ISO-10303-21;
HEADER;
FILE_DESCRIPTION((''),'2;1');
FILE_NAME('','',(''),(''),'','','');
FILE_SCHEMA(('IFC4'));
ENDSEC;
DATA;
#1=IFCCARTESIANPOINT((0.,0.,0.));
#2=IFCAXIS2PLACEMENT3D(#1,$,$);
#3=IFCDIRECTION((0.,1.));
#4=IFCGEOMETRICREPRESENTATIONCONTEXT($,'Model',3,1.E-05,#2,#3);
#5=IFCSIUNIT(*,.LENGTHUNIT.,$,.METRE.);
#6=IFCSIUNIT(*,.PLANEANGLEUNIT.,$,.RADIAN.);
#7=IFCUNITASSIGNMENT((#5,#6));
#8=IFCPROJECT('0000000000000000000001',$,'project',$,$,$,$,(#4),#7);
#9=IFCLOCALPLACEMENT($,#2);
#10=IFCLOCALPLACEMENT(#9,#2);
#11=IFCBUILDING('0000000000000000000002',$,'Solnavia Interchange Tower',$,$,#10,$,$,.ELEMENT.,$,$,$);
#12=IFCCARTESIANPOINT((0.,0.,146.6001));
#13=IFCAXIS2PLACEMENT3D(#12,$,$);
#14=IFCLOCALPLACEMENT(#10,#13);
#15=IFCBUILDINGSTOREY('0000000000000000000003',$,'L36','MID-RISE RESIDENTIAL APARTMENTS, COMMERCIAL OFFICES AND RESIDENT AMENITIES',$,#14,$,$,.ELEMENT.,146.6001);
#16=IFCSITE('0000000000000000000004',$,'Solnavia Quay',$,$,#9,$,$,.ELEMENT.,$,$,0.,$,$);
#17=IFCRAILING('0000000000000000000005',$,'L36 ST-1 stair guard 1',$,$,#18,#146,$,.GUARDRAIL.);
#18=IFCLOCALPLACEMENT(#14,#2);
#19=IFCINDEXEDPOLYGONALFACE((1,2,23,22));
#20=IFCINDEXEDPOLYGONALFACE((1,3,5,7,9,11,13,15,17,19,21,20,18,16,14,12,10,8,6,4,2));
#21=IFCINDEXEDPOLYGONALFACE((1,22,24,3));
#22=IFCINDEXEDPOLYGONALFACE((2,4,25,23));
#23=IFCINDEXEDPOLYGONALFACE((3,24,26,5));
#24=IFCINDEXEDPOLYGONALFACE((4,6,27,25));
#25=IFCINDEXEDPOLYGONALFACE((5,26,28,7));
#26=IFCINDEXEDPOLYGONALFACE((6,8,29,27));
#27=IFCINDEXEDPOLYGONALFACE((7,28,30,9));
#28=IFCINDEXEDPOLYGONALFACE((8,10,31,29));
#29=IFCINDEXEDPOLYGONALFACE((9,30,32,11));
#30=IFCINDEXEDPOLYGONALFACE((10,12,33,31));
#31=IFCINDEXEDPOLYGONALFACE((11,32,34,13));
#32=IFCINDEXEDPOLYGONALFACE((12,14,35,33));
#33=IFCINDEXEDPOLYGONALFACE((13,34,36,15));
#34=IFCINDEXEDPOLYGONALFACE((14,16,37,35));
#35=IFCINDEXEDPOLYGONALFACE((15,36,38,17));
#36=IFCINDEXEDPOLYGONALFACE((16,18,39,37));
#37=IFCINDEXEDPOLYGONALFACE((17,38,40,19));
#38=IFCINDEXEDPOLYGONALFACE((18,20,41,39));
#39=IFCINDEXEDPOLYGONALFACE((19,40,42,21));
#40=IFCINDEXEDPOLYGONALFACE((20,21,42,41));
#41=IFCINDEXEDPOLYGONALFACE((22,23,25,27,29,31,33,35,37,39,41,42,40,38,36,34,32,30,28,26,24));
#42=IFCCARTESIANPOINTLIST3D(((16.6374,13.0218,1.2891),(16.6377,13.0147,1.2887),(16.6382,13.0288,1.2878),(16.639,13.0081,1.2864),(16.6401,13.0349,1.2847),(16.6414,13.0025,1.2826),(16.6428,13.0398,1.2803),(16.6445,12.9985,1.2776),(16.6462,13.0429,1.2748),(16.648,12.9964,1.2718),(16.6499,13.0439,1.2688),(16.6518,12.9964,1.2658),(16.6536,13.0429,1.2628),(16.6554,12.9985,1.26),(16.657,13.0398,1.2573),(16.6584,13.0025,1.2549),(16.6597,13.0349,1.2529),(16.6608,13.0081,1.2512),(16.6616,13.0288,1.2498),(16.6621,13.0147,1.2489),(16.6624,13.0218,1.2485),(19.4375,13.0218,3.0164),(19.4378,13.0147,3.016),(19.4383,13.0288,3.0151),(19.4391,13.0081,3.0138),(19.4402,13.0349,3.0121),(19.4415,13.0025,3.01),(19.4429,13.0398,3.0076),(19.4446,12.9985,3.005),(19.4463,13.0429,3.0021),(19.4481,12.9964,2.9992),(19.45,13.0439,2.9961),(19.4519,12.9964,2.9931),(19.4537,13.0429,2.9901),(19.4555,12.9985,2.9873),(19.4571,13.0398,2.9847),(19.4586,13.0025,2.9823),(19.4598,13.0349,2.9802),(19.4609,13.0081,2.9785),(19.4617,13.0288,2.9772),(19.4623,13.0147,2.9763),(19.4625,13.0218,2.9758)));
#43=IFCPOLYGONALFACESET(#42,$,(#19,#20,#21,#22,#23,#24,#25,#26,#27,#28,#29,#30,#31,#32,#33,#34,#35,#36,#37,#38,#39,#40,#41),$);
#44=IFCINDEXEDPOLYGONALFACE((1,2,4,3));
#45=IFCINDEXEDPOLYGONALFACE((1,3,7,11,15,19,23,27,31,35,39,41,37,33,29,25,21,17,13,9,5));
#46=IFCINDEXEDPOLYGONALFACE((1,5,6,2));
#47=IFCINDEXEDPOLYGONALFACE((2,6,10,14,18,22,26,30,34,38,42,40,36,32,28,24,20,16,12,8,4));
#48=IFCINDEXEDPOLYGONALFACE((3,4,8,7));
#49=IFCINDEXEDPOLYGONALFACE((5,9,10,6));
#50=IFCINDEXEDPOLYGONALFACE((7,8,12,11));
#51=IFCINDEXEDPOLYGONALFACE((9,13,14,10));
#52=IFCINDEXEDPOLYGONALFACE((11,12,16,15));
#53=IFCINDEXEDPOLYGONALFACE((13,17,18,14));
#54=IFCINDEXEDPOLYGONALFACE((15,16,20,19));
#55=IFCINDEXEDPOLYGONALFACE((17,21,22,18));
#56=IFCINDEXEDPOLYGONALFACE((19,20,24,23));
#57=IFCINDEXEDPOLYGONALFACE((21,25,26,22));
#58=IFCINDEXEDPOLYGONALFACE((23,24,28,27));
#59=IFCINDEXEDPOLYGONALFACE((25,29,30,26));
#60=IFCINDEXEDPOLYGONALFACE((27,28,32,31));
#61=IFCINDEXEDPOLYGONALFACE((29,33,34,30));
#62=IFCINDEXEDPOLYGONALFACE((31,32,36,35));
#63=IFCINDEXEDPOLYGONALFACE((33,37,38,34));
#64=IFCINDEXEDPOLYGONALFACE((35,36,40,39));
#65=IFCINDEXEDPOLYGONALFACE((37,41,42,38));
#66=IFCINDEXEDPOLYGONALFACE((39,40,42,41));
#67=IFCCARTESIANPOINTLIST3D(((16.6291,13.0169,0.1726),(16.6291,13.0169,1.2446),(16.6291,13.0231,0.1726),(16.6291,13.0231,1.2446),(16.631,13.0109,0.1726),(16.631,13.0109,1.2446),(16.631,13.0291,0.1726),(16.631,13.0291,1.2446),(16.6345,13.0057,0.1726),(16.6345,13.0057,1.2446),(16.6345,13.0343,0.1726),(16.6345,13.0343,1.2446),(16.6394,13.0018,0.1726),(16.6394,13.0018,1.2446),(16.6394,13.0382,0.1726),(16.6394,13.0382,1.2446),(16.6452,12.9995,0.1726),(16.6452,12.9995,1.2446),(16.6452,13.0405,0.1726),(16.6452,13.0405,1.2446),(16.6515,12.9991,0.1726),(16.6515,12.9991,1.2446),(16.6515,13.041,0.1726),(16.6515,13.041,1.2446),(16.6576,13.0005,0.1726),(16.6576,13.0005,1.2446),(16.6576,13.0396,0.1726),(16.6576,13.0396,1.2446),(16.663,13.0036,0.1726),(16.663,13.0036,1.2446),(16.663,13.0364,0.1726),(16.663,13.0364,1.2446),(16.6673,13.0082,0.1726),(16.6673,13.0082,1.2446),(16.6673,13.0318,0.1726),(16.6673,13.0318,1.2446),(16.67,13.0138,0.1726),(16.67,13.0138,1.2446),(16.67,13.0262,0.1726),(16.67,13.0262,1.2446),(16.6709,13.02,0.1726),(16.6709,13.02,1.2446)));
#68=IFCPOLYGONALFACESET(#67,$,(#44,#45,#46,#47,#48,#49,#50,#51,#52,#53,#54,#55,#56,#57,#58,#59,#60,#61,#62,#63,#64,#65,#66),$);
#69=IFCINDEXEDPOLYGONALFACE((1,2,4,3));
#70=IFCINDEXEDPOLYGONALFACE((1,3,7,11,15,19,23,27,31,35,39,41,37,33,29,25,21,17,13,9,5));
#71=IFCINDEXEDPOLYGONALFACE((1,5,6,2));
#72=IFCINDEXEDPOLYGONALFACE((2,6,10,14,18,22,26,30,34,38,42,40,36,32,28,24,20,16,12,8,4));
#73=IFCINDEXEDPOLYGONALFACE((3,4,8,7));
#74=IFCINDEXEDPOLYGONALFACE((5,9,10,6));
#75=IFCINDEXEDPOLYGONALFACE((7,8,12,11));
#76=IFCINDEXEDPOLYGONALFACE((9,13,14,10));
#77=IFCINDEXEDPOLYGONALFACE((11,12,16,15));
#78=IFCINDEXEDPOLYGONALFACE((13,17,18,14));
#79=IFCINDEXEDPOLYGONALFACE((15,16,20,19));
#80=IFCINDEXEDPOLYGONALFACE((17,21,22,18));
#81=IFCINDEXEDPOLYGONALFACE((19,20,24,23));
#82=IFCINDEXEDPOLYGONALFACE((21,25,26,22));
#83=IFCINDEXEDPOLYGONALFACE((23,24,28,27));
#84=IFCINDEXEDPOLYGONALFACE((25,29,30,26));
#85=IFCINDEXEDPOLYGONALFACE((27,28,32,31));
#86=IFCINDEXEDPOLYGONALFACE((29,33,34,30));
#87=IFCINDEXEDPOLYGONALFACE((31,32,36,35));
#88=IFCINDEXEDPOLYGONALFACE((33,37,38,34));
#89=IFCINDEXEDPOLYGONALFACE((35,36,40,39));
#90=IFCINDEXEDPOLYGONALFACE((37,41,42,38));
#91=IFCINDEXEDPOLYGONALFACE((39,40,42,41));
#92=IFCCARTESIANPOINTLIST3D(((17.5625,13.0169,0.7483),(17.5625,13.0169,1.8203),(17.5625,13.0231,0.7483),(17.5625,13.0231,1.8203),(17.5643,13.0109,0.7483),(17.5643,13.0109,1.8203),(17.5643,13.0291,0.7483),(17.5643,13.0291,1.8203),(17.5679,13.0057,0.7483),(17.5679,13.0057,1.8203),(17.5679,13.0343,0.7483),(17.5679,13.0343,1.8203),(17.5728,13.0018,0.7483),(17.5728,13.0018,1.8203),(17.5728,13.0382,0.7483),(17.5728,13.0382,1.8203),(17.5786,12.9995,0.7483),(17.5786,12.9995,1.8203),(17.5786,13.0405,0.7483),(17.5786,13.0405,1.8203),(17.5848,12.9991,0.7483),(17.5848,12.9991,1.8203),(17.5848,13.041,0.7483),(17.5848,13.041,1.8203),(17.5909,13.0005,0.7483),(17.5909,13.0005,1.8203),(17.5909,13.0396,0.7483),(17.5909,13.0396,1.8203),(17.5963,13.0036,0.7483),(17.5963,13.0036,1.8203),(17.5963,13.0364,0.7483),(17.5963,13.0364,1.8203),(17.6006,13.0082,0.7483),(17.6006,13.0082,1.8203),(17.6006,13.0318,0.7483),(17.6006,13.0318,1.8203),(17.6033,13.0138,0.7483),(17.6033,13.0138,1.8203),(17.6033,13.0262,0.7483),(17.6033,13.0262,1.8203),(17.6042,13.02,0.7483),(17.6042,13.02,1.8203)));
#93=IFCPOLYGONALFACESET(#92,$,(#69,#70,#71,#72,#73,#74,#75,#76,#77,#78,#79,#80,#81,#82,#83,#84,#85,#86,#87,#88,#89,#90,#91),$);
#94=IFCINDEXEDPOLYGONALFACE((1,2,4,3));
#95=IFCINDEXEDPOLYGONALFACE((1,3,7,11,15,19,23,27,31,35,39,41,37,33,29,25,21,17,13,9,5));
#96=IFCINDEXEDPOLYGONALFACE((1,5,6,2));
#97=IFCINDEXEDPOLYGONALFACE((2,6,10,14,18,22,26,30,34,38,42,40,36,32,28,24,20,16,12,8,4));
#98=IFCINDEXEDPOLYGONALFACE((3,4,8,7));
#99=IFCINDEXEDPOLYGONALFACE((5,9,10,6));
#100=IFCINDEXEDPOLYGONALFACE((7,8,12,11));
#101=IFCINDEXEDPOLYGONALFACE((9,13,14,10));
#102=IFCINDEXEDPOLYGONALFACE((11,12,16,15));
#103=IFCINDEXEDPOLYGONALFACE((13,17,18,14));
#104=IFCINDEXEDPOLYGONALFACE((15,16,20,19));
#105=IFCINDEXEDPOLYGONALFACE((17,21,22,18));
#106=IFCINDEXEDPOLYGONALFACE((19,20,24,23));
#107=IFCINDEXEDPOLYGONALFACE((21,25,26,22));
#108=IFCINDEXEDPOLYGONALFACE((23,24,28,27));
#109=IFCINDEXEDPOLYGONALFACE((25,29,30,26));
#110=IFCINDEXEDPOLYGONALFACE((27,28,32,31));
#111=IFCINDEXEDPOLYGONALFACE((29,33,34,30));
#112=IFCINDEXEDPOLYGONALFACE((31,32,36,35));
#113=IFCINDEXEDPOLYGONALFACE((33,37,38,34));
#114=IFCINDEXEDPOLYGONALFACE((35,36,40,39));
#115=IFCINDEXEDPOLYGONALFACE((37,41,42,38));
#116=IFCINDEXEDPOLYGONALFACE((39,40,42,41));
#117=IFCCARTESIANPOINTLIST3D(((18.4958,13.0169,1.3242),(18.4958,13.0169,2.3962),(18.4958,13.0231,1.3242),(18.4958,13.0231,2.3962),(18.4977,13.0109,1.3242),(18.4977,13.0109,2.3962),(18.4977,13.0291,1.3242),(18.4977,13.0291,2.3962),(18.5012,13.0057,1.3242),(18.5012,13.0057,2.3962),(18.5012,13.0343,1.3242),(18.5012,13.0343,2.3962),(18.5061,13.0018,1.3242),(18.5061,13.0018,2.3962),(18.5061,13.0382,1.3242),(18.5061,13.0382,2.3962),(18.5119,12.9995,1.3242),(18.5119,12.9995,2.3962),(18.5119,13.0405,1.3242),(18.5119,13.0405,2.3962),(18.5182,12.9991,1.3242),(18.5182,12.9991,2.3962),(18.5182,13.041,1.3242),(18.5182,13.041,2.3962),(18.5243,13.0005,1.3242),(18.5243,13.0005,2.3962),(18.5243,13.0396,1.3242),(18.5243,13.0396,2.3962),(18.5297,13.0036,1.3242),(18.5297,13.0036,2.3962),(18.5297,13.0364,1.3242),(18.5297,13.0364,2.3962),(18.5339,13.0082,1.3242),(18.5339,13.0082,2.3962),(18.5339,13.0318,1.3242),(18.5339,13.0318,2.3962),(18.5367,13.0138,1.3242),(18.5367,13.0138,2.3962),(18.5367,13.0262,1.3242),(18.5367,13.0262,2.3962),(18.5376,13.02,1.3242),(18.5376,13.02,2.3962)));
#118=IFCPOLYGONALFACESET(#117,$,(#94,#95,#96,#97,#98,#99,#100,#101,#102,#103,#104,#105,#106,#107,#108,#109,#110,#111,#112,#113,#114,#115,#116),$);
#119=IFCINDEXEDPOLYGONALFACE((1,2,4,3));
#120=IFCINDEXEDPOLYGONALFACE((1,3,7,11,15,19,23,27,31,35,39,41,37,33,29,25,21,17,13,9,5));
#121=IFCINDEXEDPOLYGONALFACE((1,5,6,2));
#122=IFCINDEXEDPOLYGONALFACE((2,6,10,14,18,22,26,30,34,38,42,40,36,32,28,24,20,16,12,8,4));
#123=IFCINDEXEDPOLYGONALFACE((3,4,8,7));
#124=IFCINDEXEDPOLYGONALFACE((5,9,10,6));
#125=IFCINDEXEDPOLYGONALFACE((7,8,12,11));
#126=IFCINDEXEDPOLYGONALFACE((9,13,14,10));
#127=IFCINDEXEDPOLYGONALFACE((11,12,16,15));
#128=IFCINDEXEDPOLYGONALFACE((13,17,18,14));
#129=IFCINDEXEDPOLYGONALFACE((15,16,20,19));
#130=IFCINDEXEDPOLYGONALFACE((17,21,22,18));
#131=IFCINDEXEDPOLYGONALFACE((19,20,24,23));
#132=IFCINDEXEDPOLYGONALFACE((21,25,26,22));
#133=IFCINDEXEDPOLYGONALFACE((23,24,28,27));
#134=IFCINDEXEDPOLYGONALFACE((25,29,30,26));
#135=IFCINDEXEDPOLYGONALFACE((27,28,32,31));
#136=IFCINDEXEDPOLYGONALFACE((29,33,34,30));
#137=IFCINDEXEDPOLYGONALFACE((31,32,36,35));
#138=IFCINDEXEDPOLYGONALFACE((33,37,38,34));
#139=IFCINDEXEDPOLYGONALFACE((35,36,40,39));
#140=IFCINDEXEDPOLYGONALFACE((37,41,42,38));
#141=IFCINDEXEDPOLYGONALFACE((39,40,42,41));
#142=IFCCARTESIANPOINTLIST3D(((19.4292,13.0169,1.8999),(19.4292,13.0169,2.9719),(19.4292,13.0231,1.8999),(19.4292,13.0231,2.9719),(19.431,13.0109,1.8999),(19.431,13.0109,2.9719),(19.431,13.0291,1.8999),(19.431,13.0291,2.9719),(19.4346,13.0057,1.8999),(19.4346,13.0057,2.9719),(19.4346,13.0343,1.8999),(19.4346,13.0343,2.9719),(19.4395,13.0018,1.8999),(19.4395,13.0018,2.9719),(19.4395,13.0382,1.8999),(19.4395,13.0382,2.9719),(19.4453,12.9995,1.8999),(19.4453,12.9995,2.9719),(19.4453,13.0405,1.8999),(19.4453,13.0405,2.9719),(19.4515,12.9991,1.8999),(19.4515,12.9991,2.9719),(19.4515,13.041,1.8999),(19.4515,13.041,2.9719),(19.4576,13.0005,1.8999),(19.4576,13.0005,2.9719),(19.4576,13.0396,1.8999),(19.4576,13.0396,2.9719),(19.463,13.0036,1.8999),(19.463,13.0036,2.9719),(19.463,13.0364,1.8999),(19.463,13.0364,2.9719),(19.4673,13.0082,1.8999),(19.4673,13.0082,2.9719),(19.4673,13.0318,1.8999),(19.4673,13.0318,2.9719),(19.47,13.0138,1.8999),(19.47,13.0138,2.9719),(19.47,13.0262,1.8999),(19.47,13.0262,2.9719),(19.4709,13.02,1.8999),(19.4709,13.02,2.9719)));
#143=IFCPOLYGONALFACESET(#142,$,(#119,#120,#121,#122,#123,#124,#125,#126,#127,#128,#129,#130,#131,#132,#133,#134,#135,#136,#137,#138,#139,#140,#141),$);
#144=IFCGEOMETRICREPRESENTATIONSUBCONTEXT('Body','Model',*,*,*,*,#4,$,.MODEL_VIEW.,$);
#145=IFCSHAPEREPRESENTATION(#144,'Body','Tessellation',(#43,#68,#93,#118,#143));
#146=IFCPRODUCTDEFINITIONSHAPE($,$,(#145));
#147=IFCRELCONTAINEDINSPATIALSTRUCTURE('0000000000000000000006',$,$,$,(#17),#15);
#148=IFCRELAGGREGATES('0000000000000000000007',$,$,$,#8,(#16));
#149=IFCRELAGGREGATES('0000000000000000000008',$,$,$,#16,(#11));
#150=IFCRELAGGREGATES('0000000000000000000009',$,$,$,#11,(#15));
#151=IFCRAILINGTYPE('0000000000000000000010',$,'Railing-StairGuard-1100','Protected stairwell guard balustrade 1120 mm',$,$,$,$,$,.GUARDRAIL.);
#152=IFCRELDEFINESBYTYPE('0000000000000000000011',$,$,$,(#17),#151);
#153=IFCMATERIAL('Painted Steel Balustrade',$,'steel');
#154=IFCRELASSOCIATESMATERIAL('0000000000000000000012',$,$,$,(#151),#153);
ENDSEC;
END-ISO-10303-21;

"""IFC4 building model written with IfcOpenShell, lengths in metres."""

from ifc_helpers import new_model, si_unit, direction, frame, origin, origin_2d, place, context, subcontext, project, spatial, circle, extrude, material, type_object, element, save


model = new_model("IFC4")

# Units and contexts
model_context = context("Model", 3, precision=1e-05, world=origin(), true_north=direction((0.0, 1.0)))
body_context = subcontext(model_context, "Body", "Model", "MODEL_VIEW")
ifc_project = project(units=[si_unit("LENGTHUNIT", "METRE"), si_unit("PLANEANGLEUNIT", "RADIAN")], contexts=[model_context])

# Site, building, storey
site_placement = place(None, origin())
site = spatial("IfcSite", under=ifc_project, at=site_placement, Name="Solnavia Quay", CompositionType="ELEMENT", RefElevation=0.0)
building_placement = place(site_placement, origin())
building = spatial("IfcBuilding", under=site, at=building_placement, Name="Solnavia Interchange Tower", CompositionType="ELEMENT")
storey_placement = place(building_placement, frame((0.0, 0.0, 146.6001)))
storey = spatial("IfcBuildingStorey", under=building, at=storey_placement, Name="L36", Description="MID-RISE RESIDENTIAL APARTMENTS, COMMERCIAL OFFICES AND RESIDENT AMENITIES", CompositionType="ELEMENT", Elevation=146.6001)

# Railing
ifc_material_1 = material(Name="Painted Steel Balustrade", Category="steel")
railing_type_1 = type_object("IfcRailingType", Name="Railing-StairGuard-1100", Description="Protected stairwell guard balustrade 1120 mm", PredefinedType="GUARDRAIL", material=ifc_material_1)
railing_1_placement = place(storey_placement, frame((16.6499, 13.02, 0.1726)))
element("IfcRailing", 1, at=railing_1_placement, inside=storey, type_object=railing_type_1, Name="L36 ST-1 stair guard 1", PredefinedType="GUARDRAIL", context=body_context, shape_type="SweptSolid", body=[
    extrude(circle(Radius=0.0239, at=origin_2d()), frame((0.0, 0.0, 1.0962), z_axis=(0.85109, 0.0, 0.52502), x_axis=(0.0, 1.0, 0.0)), (0.0, 0.0, 1.0), 3.29),
    extrude(circle(Radius=0.021, at=origin_2d()), origin(), (0.0, 0.0, 1.0), 1.072),
    extrude(circle(Radius=0.021, at=origin_2d()), frame((0.9333, 0.0, 0.5757)), (0.0, 0.0, 1.0), 1.072),
    extrude(circle(Radius=0.021, at=origin_2d()), frame((1.8667, 0.0, 1.1516)), (0.0, 0.0, 1.0), 1.072),
    extrude(circle(Radius=0.021, at=origin_2d()), frame((2.8, 0.0, 1.7273)), (0.0, 0.0, 1.0), 1.072),
])

save(model, "model.ifc")
